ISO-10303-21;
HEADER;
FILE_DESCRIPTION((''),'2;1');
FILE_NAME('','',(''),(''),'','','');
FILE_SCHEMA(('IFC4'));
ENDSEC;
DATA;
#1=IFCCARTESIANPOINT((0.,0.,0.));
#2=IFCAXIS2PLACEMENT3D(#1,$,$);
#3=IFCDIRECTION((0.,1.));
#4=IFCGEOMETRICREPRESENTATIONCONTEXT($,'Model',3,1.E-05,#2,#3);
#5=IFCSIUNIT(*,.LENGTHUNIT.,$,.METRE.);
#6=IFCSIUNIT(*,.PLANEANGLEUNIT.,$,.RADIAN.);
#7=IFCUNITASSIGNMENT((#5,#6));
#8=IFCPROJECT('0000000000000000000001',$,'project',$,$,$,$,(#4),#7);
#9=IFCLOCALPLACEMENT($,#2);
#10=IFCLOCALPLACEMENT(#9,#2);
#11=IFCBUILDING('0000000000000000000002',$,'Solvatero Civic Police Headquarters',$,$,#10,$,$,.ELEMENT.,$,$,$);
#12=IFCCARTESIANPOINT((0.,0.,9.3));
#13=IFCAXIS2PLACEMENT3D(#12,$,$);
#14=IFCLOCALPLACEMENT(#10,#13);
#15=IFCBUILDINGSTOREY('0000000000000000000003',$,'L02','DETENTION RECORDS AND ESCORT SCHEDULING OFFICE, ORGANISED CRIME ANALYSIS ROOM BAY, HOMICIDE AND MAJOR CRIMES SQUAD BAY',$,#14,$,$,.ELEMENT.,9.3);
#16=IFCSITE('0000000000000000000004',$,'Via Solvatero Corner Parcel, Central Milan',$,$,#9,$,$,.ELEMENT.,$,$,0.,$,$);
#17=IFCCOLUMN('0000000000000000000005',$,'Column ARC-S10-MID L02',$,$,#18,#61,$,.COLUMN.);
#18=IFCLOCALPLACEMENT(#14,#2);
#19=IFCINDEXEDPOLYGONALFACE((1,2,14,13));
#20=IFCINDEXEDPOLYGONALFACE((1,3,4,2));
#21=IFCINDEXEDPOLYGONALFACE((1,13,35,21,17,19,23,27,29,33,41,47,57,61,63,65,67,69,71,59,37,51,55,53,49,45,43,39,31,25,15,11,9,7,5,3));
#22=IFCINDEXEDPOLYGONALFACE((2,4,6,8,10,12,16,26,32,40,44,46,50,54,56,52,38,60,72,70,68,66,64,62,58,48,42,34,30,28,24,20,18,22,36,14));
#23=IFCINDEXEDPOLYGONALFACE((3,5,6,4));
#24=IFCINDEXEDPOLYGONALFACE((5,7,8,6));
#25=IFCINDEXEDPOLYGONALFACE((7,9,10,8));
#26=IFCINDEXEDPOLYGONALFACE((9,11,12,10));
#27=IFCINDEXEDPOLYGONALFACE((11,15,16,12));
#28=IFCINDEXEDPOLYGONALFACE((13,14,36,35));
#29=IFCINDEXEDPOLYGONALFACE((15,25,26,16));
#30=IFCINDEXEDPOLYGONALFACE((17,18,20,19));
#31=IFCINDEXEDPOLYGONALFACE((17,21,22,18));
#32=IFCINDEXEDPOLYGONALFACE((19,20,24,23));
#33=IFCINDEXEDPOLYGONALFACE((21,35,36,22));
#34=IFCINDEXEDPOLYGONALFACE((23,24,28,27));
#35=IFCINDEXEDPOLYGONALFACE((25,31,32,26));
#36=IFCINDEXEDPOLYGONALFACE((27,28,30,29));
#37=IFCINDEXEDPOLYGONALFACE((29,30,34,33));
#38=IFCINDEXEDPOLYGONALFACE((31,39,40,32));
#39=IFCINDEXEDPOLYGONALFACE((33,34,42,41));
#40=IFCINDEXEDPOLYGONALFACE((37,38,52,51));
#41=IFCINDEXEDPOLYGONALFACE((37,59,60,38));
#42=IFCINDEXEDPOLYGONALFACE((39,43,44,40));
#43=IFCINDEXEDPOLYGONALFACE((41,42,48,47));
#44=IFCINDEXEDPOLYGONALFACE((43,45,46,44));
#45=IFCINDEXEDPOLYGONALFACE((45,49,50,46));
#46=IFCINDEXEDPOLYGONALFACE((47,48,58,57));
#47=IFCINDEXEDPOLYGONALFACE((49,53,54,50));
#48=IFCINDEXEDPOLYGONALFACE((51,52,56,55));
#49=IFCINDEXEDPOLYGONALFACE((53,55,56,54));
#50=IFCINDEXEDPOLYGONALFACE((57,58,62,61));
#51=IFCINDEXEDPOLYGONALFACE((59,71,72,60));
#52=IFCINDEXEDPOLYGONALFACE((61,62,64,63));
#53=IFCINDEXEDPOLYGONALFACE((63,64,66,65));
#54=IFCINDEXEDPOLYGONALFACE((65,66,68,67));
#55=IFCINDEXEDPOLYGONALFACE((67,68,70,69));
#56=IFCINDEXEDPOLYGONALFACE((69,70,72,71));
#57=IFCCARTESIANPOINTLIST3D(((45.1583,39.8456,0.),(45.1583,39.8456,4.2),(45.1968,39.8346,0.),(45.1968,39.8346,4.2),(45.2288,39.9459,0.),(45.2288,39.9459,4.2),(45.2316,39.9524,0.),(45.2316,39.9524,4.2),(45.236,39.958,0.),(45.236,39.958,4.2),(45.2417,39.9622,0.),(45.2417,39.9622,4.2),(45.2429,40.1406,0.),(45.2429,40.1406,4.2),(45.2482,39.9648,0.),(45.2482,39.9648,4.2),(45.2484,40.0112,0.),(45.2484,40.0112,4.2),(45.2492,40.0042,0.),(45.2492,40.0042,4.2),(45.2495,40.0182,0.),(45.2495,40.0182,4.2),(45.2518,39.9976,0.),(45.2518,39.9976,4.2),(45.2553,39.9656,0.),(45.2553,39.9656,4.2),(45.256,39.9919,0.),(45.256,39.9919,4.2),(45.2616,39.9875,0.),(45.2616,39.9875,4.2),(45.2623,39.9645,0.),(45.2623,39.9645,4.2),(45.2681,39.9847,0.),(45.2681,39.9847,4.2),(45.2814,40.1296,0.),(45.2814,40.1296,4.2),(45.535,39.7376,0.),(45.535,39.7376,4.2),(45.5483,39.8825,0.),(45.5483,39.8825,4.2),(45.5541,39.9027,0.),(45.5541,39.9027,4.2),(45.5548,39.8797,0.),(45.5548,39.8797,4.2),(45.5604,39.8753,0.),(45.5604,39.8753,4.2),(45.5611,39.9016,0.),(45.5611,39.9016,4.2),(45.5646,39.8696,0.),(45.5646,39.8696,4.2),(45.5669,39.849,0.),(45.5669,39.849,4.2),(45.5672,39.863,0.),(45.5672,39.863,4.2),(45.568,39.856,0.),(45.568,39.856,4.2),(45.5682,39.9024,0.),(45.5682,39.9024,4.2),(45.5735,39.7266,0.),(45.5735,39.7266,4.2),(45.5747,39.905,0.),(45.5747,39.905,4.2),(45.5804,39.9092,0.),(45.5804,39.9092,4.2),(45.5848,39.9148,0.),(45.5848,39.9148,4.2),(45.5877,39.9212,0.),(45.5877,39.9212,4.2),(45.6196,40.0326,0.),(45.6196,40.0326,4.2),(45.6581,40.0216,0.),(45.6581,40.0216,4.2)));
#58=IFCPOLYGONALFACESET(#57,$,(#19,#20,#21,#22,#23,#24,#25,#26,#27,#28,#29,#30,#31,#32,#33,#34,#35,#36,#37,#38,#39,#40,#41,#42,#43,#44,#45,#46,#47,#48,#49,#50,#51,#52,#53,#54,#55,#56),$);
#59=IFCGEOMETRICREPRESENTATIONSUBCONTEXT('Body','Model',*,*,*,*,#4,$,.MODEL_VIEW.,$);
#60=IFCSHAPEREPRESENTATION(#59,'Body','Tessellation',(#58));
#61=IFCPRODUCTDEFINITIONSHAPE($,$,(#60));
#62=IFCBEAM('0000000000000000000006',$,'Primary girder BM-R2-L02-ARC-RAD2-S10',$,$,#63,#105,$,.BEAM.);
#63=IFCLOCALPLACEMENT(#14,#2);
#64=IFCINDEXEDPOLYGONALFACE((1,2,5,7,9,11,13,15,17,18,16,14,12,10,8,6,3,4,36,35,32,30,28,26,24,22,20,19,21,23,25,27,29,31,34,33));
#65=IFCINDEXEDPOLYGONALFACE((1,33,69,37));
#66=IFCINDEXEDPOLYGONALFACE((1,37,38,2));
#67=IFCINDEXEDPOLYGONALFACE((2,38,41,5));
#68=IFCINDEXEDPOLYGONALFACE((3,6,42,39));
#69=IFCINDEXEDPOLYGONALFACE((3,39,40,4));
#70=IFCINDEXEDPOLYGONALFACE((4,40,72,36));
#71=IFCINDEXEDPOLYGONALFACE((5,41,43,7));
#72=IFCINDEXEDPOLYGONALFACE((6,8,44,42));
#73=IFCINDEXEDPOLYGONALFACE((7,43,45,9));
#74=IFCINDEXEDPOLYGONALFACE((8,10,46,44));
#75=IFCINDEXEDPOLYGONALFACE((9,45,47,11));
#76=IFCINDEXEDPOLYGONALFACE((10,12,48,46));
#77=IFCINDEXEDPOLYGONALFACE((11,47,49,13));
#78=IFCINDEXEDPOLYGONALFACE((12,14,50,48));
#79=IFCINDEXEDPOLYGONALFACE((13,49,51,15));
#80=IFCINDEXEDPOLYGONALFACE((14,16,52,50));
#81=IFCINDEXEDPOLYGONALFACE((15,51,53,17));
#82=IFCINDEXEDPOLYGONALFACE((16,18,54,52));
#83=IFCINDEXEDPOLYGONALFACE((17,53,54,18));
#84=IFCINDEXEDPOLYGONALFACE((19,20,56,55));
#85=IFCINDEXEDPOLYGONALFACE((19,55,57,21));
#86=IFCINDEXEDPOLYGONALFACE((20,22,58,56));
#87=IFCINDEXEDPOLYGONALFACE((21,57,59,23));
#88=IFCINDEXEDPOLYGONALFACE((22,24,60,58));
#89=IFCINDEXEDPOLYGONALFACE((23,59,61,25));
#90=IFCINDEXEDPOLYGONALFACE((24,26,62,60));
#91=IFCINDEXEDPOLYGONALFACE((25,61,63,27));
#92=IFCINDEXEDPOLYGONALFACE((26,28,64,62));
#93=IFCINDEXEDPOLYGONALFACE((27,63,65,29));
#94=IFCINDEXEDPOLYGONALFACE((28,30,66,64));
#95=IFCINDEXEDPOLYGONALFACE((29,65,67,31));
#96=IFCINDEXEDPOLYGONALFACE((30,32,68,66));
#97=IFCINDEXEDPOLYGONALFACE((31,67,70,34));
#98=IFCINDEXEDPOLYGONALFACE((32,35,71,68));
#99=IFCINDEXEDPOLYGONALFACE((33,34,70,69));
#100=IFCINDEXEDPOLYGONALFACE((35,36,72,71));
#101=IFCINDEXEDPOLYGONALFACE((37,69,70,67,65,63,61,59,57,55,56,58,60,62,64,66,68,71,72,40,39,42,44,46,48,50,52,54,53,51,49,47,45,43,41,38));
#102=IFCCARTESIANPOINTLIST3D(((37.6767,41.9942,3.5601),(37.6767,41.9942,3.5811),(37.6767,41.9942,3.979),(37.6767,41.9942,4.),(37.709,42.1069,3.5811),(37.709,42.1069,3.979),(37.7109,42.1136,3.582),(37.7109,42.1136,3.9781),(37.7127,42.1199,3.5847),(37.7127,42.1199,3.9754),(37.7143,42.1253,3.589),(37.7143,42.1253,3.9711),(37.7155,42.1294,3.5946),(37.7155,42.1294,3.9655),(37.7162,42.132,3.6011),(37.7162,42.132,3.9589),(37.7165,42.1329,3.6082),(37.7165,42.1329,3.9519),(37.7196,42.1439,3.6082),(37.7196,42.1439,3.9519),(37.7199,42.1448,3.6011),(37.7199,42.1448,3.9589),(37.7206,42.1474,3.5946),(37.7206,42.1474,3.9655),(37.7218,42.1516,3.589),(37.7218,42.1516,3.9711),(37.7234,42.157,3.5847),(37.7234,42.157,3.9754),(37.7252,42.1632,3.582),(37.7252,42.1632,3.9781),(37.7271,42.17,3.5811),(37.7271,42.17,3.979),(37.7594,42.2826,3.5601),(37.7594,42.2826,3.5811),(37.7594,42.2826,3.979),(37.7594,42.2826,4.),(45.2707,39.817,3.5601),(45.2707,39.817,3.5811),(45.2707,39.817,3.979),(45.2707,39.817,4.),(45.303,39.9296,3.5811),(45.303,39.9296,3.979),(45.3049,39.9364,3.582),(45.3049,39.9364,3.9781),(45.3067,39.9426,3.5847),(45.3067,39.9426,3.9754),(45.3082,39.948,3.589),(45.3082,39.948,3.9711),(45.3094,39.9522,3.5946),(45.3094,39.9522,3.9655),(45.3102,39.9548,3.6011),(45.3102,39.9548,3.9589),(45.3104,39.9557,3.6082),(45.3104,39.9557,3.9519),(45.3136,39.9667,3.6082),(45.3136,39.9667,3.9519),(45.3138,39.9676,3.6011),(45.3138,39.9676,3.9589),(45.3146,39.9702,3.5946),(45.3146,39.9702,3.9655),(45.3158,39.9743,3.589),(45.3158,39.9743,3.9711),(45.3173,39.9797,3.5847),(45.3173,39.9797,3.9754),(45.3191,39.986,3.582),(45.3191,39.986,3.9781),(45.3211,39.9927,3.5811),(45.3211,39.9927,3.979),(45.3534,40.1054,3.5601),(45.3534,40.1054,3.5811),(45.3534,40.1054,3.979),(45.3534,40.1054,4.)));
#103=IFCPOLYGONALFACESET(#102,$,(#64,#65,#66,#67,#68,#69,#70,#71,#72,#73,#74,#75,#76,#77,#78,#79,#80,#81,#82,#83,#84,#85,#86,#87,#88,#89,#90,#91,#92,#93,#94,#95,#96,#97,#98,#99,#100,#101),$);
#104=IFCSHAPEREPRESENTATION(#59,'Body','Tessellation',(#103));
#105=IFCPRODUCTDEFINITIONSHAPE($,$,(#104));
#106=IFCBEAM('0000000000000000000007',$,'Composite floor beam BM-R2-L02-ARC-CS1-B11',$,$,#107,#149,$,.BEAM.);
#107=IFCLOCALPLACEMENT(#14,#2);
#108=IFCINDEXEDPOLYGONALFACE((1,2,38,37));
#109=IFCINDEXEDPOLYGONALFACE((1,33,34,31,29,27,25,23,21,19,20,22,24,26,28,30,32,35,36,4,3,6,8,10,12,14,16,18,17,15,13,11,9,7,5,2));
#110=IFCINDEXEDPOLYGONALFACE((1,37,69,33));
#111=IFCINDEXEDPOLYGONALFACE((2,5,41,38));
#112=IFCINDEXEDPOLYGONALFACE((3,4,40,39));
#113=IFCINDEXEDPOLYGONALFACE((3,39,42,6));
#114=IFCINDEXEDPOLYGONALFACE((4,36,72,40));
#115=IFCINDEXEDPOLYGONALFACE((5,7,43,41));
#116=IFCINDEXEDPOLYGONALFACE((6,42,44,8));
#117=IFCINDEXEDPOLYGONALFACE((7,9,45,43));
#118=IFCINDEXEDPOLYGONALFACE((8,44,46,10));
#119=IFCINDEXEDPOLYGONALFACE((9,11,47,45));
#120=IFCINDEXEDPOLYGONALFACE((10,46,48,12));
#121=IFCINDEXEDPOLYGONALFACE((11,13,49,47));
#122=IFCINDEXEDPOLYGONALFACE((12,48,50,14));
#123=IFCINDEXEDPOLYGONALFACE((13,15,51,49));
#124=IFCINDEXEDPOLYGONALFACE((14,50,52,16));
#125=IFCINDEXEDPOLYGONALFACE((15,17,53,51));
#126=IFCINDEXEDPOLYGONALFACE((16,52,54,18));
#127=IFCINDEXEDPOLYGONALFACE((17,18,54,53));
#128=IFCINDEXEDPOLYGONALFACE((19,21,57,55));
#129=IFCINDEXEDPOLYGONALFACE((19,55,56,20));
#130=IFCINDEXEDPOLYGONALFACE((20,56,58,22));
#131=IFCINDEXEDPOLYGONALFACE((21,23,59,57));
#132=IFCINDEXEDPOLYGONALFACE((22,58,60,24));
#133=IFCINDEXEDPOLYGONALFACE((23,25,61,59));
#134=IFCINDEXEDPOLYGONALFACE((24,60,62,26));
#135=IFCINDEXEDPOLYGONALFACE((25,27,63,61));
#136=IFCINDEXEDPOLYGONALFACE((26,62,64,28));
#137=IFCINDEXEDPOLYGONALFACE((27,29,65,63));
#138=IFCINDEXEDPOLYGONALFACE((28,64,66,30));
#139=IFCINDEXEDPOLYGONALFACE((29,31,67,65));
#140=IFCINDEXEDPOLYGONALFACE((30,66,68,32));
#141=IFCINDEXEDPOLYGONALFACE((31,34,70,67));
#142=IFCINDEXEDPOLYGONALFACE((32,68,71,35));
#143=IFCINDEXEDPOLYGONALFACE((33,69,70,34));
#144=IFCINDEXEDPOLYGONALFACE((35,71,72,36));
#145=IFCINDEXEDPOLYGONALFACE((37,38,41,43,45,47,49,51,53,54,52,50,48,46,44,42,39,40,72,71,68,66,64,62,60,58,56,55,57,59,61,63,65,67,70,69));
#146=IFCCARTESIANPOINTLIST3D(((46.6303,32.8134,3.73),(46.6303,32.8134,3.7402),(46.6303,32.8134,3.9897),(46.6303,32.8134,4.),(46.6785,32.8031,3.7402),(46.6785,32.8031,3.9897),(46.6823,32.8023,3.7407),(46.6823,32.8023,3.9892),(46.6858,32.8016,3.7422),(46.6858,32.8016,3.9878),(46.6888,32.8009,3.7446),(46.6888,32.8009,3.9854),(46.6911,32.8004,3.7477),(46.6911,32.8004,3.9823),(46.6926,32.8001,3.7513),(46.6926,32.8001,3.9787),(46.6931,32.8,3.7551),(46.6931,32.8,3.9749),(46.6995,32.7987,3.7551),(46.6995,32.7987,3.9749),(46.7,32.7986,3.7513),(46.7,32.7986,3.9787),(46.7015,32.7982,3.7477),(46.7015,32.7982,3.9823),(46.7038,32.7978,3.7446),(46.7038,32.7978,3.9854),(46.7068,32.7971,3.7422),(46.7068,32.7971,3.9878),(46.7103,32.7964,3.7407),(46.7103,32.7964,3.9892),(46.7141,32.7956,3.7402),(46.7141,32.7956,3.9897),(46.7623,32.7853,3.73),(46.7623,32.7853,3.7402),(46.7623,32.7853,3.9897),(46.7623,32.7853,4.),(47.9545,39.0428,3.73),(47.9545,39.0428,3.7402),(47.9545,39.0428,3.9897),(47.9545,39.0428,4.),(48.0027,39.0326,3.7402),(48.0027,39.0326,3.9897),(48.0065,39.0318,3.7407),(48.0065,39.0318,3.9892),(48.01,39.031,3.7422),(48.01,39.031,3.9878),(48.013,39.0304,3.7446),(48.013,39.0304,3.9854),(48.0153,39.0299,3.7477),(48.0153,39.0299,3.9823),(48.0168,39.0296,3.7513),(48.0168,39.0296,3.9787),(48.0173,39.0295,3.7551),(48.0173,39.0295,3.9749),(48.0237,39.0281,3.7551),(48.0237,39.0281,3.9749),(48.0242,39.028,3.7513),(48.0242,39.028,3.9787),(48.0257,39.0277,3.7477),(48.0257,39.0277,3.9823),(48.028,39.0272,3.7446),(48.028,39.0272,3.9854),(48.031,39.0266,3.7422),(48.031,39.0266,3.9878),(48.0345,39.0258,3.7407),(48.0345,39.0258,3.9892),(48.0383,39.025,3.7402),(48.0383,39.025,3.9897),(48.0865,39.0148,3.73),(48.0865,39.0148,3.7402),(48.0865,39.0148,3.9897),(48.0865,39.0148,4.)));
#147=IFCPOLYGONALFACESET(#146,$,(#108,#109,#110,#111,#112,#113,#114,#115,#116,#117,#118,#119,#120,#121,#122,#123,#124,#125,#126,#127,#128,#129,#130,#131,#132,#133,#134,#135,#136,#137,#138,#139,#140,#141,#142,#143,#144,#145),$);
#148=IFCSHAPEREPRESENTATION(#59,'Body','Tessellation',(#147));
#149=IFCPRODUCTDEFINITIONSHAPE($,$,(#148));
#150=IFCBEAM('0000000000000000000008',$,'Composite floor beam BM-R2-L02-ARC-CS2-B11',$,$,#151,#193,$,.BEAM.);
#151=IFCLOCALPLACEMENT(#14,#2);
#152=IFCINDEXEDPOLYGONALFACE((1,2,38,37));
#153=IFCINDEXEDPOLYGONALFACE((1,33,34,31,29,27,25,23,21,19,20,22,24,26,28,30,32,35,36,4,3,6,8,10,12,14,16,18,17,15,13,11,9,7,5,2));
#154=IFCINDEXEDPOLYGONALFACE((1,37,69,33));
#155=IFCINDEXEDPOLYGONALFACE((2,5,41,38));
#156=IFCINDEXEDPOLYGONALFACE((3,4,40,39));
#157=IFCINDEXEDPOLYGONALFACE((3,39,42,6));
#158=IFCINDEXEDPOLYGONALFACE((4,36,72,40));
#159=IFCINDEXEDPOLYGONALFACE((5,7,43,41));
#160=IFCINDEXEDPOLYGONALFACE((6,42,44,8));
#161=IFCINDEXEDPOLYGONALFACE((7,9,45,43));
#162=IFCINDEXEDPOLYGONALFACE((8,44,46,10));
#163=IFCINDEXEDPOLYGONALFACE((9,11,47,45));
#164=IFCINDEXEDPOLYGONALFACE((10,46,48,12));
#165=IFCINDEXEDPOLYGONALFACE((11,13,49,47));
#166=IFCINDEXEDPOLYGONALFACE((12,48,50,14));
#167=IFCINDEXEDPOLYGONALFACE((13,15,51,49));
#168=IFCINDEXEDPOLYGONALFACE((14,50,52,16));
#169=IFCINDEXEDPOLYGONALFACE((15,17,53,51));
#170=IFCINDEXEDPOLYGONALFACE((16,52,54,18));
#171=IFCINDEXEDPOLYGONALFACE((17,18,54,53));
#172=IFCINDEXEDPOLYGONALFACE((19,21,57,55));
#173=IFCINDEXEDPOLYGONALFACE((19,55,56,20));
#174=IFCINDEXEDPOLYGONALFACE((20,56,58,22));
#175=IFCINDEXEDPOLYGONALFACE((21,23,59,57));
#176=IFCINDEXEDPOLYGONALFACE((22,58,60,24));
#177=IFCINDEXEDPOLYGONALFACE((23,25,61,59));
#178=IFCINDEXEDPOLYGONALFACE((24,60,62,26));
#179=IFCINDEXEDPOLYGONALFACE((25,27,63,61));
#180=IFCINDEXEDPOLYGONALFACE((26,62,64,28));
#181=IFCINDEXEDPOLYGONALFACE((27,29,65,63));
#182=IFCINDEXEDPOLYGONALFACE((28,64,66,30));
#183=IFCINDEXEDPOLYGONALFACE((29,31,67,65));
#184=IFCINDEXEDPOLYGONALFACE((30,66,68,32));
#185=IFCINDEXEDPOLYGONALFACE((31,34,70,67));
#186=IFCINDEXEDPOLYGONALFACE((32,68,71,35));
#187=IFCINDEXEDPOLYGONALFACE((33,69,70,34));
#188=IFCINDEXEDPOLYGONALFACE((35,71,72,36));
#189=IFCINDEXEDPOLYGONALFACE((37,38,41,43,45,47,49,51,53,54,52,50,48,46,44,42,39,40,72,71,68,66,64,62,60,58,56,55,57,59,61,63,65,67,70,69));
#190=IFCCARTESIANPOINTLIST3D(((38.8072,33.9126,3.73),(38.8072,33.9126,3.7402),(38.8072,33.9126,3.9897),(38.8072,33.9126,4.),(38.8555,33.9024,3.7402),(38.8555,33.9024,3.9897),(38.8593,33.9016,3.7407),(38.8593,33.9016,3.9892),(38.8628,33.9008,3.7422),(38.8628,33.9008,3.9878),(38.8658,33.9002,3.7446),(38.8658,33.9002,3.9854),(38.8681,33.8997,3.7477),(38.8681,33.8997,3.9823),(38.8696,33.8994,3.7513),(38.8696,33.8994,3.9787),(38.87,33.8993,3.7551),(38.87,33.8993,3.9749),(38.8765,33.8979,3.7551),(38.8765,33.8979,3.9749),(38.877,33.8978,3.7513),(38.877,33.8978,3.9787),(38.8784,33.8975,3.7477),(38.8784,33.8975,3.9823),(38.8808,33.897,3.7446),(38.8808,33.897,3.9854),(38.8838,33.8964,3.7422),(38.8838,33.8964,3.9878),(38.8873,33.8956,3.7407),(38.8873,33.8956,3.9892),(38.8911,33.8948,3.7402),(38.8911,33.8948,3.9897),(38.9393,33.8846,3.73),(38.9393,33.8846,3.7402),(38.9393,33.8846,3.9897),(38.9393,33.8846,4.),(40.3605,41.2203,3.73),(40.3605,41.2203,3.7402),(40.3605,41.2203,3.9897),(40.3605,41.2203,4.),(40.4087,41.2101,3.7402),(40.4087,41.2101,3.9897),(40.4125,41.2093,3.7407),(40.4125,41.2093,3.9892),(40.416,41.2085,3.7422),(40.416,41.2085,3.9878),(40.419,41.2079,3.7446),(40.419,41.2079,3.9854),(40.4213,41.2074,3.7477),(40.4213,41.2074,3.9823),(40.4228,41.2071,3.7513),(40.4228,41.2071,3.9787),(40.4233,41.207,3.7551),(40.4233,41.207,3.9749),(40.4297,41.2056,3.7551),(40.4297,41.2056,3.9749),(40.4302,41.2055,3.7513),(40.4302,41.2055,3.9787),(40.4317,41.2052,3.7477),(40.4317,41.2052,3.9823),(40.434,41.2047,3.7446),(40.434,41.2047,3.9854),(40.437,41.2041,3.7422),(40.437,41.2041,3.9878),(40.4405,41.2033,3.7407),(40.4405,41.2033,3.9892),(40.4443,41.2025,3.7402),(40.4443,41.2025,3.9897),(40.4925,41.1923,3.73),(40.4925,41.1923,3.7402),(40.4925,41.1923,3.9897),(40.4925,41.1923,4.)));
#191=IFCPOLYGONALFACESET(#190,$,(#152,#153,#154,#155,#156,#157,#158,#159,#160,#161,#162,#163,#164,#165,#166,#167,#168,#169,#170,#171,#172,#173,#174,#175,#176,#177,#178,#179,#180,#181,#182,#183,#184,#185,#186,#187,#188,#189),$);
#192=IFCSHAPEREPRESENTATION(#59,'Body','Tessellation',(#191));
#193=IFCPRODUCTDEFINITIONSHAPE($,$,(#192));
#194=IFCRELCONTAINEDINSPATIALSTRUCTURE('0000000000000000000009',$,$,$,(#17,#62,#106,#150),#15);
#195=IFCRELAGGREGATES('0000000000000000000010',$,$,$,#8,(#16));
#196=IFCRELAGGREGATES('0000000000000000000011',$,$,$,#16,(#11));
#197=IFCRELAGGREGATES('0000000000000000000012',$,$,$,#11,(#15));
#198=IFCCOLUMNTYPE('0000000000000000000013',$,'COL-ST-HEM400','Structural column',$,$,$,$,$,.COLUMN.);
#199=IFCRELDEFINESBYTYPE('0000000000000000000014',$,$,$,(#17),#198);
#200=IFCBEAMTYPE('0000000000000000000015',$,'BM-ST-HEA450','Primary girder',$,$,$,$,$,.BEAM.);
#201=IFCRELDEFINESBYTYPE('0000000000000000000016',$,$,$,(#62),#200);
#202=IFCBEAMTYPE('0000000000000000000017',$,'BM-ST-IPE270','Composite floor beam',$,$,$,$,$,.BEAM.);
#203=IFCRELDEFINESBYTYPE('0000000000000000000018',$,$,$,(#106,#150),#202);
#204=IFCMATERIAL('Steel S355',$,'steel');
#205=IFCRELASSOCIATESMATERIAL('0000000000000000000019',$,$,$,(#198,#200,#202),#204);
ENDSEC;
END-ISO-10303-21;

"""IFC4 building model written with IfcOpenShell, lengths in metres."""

from ifc_helpers import new_model, si_unit, direction, frame, origin, origin_2d, place, context, subcontext, project, spatial, i_section, extrude, material, material_profile, profile_set, type_object, element, save


model = new_model("IFC4")

# Units and contexts
model_context = context("Model", 3, precision=1e-05, world=origin(), true_north=direction((0.0, 1.0)))
body_context = subcontext(model_context, "Body", "Model", "MODEL_VIEW")
ifc_project = project(units=[si_unit("LENGTHUNIT", "METRE"), si_unit("PLANEANGLEUNIT", "RADIAN")], contexts=[model_context])

# Site, building, storey
site_placement = place(None, origin())
site = spatial("IfcSite", under=ifc_project, at=site_placement, Name="Via Solvatero Corner Parcel, Central Milan", CompositionType="ELEMENT", RefElevation=0.0)
building_placement = place(site_placement, origin())
building = spatial("IfcBuilding", under=site, at=building_placement, Name="Solvatero Civic Police Headquarters", CompositionType="ELEMENT")
storey_placement = place(building_placement, frame((0.0, 0.0, 9.3)))
storey = spatial("IfcBuildingStorey", under=building, at=storey_placement, Name="L02", Description="DETENTION RECORDS AND ESCORT SCHEDULING OFFICE, ORGANISED CRIME ANALYSIS ROOM BAY, HOMICIDE AND MAJOR CRIMES SQUAD BAY", CompositionType="ELEMENT", Elevation=9.3)

# Column
ifc_material_1 = material(Name="Steel S355", Category="steel")
ifc_material_profile_1 = material_profile(ifc_material_1, i_section(OverallWidth=0.3069, OverallDepth=0.4319, WebThickness=0.021, FlangeThickness=0.04, FilletRadius=0.0271, at=origin_2d()), Name="HEM 400")
ifc_profile_set_1 = profile_set([ifc_material_profile_1], Name="Steel S355")
column_type = type_object("IfcColumnType", Name="COL-ST-HEM400", Description="Structural column", PredefinedType="COLUMN", material=ifc_profile_set_1)
column_placement = place(storey_placement, frame((45.4082, 39.9336, 0.0), z_axis=(0.0, 0.0, 1.0), x_axis=(0.275637, 0.961262, 0.0)))
element("IfcColumn", 1, at=column_placement, inside=storey, type_object=column_type, Name="Column ARC-S10-MID L02", PredefinedType="COLUMN", context=body_context, shape_type="SweptSolid", body=[
    extrude(i_section(OverallWidth=0.3069, OverallDepth=0.4319, WebThickness=0.021, FlangeThickness=0.04, FilletRadius=0.0271, at=origin_2d()), origin(), (0.0, 0.0, 1.0), 4.2),
])

# Beams
ifc_material_profile_2 = material_profile(ifc_material_1, i_section(OverallWidth=0.3, OverallDepth=0.4399, WebThickness=0.0115, FlangeThickness=0.021, FilletRadius=0.0271, at=origin_2d()), Name="HEA 450")
ifc_profile_set_2 = profile_set([ifc_material_profile_2], Name="Steel S355")
beam_type_1 = type_object("IfcBeamType", Name="BM-ST-HEA450", Description="Primary girder", PredefinedType="BEAM", material=ifc_profile_set_2)
beam_1_placement = place(storey_placement, frame((45.312, 39.9612, 3.78), z_axis=(-0.961272, 0.275603, 0.0), x_axis=(-0.275603, -0.961272, 0.0)))
element("IfcBeam", 2, at=beam_1_placement, inside=storey, type_object=beam_type_1, Name="Primary girder BM-R2-L02-ARC-RAD2-S10", PredefinedType="BEAM", context=body_context, shape_type="SweptSolid", body=[
    extrude(i_section(OverallWidth=0.3, OverallDepth=0.4399, WebThickness=0.0115, FlangeThickness=0.021, FilletRadius=0.0271, at=origin_2d()), origin(), (0.0, 0.0, 1.0), 7.8999),
])
ifc_material_profile_3 = material_profile(ifc_material_1, i_section(OverallWidth=0.135, OverallDepth=0.27, WebThickness=0.0066, FlangeThickness=0.0103, FilletRadius=0.0149, at=origin_2d()), Name="IPE 270")
ifc_profile_set_3 = profile_set([ifc_material_profile_3], Name="Steel S355")
beam_type_2 = type_object("IfcBeamType", Name="BM-ST-IPE270", Description="Composite floor beam", PredefinedType="BEAM", material=ifc_profile_set_3)
beam_2_placement = place(storey_placement, frame((48.0205, 39.0288, 3.865), z_axis=(-0.207927, -0.978144, 0.0), x_axis=(0.978144, -0.207927, 0.0)))
element("IfcBeam", 3, at=beam_2_placement, inside=storey, type_object=beam_type_2, Name="Composite floor beam BM-R2-L02-ARC-CS1-B11", PredefinedType="BEAM", context=body_context, shape_type="SweptSolid", body=[
    extrude(i_section(OverallWidth=0.135, OverallDepth=0.27, WebThickness=0.0066, FlangeThickness=0.0103, FilletRadius=0.0149, at=origin_2d()), origin(), (0.0, 0.0, 1.0), 6.3687),
])
for number, where, z_axis, x_axis, name in (
    (4, (40.4265, 41.2063, 3.865), (-0.207904, -0.978149, 0.0), (0.978149, -0.207904, 0.0), "Composite floor beam BM-R2-L02-ARC-CS2-B11"),
):
    element("IfcBeam", number, at=place(storey_placement, frame(where, z_axis=z_axis, x_axis=x_axis)), inside=storey, type_object=beam_type_2, Name=name, PredefinedType="BEAM", context=body_context, shape_type="SweptSolid", body=[
        extrude(i_section(OverallWidth=0.135, OverallDepth=0.27, WebThickness=0.0066, FlangeThickness=0.0103, FilletRadius=0.0149, at=origin_2d()), origin(), (0.0, 0.0, 1.0), 7.4709),
    ])

save(model, "model.ifc")
